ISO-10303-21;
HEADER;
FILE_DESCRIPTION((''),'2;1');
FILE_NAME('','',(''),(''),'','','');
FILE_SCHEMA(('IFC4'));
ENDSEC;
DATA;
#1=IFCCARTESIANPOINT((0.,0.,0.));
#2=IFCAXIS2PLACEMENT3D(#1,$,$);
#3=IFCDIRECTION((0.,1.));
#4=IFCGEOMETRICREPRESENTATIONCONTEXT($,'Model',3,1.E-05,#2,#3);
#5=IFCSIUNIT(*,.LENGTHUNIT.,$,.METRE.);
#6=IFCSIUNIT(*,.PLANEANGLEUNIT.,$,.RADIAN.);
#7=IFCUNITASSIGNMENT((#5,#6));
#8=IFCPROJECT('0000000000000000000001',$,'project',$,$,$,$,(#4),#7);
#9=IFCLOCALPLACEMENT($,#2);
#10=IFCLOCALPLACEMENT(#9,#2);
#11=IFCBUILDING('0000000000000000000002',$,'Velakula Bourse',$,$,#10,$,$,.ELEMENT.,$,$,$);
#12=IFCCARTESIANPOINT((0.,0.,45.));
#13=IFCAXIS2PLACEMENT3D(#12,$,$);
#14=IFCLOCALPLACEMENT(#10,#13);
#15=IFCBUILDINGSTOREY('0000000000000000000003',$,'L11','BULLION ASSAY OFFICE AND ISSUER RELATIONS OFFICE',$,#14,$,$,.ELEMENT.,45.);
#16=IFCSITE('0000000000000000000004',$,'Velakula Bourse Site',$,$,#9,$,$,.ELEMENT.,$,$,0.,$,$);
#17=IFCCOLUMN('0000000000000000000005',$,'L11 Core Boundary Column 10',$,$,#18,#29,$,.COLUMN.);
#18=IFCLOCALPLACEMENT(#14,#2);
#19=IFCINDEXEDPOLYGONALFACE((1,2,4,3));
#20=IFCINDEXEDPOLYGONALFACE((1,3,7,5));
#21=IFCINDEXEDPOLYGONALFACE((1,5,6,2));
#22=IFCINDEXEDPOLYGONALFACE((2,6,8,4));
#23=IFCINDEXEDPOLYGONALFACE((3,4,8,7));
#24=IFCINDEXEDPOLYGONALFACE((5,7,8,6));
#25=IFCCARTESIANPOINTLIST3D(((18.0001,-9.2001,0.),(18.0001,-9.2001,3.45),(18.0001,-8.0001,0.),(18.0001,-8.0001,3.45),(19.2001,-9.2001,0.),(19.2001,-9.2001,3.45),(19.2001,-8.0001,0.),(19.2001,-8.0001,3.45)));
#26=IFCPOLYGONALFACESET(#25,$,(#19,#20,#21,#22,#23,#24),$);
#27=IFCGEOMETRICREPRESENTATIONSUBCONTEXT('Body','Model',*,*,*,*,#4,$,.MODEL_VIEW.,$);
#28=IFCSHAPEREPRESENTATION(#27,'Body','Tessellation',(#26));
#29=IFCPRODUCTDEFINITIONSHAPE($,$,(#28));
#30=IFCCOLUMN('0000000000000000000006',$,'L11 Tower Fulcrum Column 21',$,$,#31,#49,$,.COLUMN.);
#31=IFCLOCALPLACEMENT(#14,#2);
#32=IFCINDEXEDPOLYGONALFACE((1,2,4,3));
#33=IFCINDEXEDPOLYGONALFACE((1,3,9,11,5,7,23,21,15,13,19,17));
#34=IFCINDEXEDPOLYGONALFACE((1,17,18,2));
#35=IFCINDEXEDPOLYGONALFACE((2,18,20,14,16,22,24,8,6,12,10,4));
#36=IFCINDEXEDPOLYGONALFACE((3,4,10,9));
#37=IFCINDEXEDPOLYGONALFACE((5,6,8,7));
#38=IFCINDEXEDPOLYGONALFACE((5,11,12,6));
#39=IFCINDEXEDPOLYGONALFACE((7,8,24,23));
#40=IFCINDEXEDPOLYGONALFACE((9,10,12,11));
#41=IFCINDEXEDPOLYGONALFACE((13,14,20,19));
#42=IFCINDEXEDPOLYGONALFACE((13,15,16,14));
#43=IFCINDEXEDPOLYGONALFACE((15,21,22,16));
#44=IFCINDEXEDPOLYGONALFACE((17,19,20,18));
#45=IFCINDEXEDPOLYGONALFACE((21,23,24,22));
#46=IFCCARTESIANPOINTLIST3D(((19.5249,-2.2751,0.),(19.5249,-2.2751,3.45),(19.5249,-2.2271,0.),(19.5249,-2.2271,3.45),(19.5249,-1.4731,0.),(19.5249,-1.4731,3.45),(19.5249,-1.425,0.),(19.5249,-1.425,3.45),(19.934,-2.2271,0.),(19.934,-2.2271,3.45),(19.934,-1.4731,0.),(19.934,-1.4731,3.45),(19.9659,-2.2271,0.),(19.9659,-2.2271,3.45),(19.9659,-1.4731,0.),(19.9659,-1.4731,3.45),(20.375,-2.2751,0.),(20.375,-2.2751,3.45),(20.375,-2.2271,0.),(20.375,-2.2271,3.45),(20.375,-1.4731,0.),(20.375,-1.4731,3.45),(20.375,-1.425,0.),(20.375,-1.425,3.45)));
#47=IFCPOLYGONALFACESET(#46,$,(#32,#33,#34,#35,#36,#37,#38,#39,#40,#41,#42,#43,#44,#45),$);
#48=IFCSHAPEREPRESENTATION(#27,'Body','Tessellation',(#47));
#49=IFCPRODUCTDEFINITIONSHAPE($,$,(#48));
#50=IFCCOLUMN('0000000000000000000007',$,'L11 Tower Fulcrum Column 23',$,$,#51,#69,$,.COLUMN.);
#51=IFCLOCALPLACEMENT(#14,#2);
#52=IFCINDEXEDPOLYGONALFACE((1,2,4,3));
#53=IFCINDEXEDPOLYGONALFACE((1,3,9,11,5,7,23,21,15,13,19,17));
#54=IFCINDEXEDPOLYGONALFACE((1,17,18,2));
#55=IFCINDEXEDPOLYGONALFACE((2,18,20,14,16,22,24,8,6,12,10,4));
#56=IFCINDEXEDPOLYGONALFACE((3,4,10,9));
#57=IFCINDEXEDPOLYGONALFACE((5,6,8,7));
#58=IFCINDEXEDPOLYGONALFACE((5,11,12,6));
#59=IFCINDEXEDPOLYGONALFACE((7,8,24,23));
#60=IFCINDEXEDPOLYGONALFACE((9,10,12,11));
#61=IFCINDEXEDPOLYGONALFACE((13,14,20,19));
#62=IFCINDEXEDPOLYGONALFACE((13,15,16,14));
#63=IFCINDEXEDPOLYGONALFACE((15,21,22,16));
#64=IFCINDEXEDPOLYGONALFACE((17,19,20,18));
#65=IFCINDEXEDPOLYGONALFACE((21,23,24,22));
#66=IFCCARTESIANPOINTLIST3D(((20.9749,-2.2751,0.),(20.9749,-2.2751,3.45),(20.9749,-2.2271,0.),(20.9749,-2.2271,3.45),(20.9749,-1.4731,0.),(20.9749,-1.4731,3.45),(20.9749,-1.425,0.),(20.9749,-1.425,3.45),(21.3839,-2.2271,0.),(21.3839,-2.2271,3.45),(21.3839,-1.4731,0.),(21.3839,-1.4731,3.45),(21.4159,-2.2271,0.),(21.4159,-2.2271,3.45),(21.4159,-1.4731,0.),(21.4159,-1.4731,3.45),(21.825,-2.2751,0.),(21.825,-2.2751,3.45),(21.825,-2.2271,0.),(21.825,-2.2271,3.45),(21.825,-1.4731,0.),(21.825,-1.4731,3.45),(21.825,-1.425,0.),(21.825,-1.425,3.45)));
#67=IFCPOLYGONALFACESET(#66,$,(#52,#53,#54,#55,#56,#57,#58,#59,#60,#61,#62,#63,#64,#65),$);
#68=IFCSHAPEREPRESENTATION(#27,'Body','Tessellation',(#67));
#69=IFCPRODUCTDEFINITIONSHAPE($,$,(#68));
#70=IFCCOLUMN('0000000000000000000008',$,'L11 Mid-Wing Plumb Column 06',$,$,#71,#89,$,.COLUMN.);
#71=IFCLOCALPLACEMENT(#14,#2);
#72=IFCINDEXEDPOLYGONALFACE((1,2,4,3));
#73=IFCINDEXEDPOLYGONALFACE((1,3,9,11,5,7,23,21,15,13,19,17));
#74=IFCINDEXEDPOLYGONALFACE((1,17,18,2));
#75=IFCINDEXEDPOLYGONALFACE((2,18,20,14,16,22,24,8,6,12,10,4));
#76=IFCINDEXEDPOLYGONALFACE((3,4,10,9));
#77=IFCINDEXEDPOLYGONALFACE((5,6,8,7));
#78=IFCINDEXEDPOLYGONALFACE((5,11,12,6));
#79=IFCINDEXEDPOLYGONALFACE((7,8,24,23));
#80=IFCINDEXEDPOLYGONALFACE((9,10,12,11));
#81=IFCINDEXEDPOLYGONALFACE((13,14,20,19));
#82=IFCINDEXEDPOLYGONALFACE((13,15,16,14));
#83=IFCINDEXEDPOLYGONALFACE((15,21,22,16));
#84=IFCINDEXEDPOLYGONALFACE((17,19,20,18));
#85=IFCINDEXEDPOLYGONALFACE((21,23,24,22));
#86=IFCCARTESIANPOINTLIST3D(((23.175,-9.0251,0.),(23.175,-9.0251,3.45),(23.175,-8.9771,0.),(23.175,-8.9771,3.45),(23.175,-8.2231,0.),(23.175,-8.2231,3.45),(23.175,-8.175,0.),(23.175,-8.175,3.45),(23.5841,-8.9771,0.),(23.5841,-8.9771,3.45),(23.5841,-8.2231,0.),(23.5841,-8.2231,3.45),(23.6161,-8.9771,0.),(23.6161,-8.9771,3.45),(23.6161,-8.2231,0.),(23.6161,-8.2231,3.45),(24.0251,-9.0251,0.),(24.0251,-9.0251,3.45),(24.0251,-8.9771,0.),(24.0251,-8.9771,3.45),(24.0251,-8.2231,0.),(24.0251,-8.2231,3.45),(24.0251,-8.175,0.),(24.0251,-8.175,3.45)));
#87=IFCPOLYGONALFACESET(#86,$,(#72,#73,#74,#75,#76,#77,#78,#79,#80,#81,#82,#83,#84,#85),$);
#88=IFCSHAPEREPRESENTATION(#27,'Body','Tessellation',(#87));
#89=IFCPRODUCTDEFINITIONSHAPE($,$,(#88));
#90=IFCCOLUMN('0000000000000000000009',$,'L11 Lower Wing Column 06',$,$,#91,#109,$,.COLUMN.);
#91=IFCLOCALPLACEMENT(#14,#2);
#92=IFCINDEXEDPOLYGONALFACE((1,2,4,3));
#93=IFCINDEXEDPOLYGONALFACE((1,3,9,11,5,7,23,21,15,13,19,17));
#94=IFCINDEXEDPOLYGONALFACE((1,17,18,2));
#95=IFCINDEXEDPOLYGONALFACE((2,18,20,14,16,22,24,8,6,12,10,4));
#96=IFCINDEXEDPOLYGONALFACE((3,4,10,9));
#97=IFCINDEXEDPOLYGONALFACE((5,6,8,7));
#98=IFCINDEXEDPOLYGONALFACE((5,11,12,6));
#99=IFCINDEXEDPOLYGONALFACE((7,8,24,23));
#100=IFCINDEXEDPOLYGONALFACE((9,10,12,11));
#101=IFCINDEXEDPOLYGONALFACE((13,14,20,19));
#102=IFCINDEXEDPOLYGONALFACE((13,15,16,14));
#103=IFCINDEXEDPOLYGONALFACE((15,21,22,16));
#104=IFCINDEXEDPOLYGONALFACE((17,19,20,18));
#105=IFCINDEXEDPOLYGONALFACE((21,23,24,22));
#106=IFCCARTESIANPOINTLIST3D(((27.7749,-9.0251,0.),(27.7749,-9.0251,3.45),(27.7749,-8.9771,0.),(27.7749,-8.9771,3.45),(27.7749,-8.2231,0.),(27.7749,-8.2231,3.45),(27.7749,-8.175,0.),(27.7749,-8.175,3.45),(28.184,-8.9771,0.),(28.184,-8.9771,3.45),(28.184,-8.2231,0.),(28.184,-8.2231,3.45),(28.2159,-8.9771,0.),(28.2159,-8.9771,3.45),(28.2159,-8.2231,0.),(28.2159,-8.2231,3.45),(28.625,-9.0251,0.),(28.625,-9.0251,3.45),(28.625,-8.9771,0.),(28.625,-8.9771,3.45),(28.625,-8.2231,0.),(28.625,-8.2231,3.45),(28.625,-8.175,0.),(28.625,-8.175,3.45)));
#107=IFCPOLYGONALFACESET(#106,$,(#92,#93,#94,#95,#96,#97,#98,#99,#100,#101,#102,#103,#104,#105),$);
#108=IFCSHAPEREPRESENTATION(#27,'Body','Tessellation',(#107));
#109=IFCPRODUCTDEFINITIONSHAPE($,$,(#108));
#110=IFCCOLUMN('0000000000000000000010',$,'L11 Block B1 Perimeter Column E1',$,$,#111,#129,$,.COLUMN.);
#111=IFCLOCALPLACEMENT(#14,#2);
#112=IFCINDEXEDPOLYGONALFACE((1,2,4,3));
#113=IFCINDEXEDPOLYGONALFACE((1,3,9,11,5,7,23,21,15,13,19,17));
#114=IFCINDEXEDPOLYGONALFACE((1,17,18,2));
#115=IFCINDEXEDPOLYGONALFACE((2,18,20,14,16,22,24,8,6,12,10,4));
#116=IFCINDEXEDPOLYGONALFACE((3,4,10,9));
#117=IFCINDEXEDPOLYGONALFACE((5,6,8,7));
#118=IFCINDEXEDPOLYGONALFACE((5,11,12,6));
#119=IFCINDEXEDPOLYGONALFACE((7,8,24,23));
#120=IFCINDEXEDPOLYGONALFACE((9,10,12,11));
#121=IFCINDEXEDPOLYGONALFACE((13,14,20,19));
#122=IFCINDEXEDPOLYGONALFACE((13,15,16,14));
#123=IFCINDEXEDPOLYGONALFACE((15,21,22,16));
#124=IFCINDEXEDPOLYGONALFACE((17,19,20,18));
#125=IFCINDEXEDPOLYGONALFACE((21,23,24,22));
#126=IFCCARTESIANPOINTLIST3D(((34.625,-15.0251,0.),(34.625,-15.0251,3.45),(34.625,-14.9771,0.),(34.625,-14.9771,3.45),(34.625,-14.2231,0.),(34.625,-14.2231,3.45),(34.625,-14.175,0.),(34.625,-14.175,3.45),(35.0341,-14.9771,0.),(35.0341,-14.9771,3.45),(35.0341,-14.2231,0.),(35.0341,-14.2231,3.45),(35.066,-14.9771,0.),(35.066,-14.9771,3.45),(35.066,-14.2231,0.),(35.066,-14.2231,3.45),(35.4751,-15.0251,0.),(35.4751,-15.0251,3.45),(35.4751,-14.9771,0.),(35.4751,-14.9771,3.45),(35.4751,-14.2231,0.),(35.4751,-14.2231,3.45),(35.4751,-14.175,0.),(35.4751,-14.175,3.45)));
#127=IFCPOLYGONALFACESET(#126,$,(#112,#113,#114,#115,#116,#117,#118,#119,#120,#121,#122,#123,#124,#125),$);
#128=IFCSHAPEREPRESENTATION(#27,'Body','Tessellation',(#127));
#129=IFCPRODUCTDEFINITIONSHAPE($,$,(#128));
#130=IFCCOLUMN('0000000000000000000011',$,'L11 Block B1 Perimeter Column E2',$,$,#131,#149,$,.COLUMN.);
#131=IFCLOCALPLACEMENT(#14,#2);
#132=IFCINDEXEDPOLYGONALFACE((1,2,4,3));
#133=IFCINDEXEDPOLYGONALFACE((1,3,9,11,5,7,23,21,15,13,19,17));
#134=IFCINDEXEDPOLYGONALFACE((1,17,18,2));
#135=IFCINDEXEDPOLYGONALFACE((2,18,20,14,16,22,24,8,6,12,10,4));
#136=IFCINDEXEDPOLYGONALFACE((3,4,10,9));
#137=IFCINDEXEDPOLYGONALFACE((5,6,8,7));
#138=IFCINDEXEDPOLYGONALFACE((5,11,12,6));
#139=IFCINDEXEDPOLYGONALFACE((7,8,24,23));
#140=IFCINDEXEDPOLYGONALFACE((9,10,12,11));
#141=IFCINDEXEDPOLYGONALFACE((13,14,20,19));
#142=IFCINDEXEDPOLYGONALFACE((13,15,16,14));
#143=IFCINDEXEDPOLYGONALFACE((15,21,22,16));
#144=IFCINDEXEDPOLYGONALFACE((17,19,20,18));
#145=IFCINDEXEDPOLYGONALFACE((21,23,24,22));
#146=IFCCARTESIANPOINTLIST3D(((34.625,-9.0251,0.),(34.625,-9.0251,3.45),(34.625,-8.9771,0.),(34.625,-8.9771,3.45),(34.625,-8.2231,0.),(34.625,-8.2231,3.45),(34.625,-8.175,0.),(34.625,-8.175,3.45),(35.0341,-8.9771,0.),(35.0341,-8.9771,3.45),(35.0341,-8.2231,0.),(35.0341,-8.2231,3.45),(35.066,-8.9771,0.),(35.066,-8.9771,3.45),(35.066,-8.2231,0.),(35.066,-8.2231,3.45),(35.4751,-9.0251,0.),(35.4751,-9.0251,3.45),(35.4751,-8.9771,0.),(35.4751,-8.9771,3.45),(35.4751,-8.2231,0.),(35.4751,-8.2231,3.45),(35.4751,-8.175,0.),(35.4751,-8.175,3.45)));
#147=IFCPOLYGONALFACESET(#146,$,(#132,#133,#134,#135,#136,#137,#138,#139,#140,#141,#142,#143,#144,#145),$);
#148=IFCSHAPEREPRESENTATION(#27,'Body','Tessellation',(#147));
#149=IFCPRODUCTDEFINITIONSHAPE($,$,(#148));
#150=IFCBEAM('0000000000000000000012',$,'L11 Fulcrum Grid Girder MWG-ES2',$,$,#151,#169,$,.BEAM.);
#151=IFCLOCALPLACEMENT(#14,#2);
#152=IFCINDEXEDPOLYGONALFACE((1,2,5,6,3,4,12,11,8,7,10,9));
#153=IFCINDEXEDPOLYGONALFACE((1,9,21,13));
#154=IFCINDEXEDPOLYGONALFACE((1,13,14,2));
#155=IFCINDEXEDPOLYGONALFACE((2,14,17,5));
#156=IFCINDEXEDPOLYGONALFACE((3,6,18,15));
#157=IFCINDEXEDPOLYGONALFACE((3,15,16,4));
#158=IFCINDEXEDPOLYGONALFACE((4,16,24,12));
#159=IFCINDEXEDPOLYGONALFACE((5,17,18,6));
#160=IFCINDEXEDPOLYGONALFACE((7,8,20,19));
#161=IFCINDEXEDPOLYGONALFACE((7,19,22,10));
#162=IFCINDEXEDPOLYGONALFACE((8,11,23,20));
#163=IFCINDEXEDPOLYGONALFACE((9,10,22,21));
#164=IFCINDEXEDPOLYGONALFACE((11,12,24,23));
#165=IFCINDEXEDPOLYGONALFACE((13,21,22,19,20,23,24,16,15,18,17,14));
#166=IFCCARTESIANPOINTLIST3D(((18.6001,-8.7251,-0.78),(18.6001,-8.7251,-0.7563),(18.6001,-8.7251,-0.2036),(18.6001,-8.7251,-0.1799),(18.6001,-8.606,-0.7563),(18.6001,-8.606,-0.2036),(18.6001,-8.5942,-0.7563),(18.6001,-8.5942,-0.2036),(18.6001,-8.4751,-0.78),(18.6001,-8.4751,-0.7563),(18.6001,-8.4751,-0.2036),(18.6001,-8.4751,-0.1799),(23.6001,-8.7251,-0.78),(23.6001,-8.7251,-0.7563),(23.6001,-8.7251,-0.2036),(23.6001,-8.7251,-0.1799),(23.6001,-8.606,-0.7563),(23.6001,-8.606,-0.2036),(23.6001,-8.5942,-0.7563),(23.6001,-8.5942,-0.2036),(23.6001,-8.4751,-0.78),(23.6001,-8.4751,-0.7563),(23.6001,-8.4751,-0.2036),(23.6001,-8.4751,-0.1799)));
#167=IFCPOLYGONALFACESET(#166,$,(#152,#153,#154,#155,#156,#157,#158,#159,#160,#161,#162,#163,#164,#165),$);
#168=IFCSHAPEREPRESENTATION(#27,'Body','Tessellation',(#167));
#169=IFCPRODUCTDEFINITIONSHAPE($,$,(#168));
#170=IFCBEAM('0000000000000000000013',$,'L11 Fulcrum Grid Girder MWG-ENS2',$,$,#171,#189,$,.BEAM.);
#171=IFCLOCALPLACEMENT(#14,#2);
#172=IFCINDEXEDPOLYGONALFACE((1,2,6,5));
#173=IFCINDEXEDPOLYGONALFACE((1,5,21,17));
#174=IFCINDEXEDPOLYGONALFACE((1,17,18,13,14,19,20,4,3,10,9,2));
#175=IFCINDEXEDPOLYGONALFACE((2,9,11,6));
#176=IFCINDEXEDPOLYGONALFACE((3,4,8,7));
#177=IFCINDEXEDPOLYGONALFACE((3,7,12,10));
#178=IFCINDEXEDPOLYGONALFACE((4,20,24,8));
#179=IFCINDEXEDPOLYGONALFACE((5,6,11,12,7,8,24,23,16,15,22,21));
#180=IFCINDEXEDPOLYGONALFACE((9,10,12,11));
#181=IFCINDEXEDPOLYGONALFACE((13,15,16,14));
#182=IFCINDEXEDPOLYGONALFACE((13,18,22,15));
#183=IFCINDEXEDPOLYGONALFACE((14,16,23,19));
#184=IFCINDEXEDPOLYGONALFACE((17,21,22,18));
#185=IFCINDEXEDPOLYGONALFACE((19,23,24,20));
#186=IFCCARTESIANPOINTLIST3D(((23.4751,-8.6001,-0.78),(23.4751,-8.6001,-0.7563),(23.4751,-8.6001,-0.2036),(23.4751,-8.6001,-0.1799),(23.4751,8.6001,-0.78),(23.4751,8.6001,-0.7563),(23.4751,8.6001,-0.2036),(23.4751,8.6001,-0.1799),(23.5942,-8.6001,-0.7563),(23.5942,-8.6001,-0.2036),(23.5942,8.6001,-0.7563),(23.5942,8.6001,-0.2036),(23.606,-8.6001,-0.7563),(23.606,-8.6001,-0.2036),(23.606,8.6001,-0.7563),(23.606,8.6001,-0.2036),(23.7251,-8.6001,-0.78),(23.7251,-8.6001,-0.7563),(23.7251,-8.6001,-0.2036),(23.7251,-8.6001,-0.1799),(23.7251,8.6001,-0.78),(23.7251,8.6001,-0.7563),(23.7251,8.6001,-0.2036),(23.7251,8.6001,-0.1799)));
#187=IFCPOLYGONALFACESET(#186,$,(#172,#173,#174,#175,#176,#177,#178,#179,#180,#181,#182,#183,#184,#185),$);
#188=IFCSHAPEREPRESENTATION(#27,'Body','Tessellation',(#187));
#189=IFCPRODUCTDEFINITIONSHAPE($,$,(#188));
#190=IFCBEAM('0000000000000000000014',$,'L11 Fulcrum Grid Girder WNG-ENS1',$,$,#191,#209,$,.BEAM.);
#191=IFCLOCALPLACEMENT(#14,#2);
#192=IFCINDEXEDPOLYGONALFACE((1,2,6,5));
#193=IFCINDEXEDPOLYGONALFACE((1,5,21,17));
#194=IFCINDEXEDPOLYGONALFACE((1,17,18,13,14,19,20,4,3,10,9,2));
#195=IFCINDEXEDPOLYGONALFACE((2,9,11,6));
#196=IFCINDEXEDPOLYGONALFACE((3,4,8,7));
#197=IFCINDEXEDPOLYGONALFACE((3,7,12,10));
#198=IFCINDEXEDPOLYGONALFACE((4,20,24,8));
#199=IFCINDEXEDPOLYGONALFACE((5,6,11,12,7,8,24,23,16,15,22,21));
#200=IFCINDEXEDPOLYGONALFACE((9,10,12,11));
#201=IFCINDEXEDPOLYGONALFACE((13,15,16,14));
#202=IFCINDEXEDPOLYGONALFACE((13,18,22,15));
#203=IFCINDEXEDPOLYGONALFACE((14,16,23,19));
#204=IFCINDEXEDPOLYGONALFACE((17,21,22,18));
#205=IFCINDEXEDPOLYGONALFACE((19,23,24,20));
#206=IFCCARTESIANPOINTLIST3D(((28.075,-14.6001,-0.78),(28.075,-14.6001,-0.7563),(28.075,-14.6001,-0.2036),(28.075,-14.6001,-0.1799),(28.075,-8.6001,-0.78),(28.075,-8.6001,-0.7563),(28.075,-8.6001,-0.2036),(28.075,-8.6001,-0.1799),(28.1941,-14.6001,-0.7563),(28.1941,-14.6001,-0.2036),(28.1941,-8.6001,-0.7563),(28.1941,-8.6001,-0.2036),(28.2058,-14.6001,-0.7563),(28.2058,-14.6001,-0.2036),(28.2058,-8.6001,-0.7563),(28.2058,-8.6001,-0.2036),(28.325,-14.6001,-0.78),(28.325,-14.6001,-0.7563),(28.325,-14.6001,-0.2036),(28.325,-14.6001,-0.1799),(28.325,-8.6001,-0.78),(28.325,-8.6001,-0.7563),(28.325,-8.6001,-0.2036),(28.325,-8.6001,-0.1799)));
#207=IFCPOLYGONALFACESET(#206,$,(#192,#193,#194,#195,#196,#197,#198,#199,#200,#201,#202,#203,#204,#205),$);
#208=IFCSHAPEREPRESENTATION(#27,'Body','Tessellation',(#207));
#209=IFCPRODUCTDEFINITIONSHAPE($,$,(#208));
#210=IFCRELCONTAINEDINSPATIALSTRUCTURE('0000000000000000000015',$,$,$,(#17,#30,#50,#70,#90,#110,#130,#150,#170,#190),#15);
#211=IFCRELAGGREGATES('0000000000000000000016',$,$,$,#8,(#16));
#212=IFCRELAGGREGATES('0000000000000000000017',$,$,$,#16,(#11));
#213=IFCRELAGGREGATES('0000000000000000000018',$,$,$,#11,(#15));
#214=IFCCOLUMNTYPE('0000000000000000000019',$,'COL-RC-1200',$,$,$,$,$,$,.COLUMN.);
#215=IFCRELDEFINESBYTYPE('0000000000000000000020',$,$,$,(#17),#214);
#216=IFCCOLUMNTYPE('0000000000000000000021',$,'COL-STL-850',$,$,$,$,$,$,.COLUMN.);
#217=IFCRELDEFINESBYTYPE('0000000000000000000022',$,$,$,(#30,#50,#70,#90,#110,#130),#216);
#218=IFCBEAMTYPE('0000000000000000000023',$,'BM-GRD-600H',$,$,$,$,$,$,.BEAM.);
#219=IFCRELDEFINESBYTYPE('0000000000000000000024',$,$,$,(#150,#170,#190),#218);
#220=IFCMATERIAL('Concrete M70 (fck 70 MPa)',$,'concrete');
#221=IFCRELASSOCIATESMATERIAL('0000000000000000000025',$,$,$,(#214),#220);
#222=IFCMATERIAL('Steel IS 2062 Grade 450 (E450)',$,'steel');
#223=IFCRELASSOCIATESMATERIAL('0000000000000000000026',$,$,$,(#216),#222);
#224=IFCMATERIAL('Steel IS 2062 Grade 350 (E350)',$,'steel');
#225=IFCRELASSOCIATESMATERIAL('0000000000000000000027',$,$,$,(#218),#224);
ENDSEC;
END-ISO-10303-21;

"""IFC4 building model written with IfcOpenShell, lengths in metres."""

from ifc_helpers import new_model, si_unit, direction, frame, origin, origin_2d, place, context, subcontext, project, spatial, rectangle, i_section, extrude, material, material_profile, profile_set, type_object, element, save


model = new_model("IFC4")

# Units and contexts
model_context = context("Model", 3, precision=1e-05, world=origin(), true_north=direction((0.0, 1.0)))
body_context = subcontext(model_context, "Body", "Model", "MODEL_VIEW")
ifc_project = project(units=[si_unit("LENGTHUNIT", "METRE"), si_unit("PLANEANGLEUNIT", "RADIAN")], contexts=[model_context])

# Site, building, storey
site_placement = place(None, origin())
site = spatial("IfcSite", under=ifc_project, at=site_placement, Name="Velakula Bourse Site", CompositionType="ELEMENT", RefElevation=0.0)
building_placement = place(site_placement, origin())
building = spatial("IfcBuilding", under=site, at=building_placement, Name="Velakula Bourse", CompositionType="ELEMENT")
storey_placement = place(building_placement, frame((0.0, 0.0, 45.0)))
storey = spatial("IfcBuildingStorey", under=building, at=storey_placement, Name="L11", Description="BULLION ASSAY OFFICE AND ISSUER RELATIONS OFFICE", CompositionType="ELEMENT", Elevation=45.0)

# Columns
ifc_material_1 = material(Name="Concrete M70 (fck 70 MPa)", Category="concrete")
ifc_material_profile_1 = material_profile(ifc_material_1, rectangle(XDim=1.2, YDim=1.2, at=origin_2d()), Name="Concrete M70 (fck 70 MPa)")
ifc_profile_set_1 = profile_set([ifc_material_profile_1], Name="Concrete M70 (fck 70 MPa)")
column_type_1 = type_object("IfcColumnType", Name="COL-RC-1200", PredefinedType="COLUMN", material=ifc_profile_set_1)
column_placement = place(storey_placement, frame((18.6001, -8.6001, 0.0), z_axis=(0.0, 0.0, 1.0), x_axis=(1.0, 0.0, 0.0)))
element("IfcColumn", 1, at=column_placement, inside=storey, type_object=column_type_1, Name="L11 Core Boundary Column 10", PredefinedType="COLUMN", context=body_context, shape_type="SweptSolid", body=[
    extrude(rectangle(XDim=1.2, YDim=1.2, at=origin_2d()), origin(), (0.0, 0.0, 1.0), 3.45),
])
ifc_material_2 = material(Name="Steel IS 2062 Grade 450 (E450)", Category="steel")
ifc_material_profile_2 = material_profile(ifc_material_2, i_section(OverallWidth=0.8501, OverallDepth=0.8501, WebThickness=0.032, FlangeThickness=0.0481, at=origin_2d()), Name="Steel IS 2062 Grade 450 (E450)")
ifc_profile_set_2 = profile_set([ifc_material_profile_2], Name="Steel IS 2062 Grade 450 (E450)")
column_type_2 = type_object("IfcColumnType", Name="COL-STL-850", PredefinedType="COLUMN", material=ifc_profile_set_2)
for number, where, z_axis, x_axis, name in (
    (2, (19.95, -1.8501, 0.0), (0.0, 0.0, 1.0), (1.0, 0.0, 0.0), "L11 Tower Fulcrum Column 21"),
    (3, (21.3999, -1.8501, 0.0), (0.0, 0.0, 1.0), (1.0, 0.0, 0.0), "L11 Tower Fulcrum Column 23"),
    (4, (23.6001, -8.6001, 0.0), (0.0, 0.0, 1.0), (1.0, 0.0, 0.0), "L11 Mid-Wing Plumb Column 06"),
    (5, (28.2, -8.6001, 0.0), (0.0, 0.0, 1.0), (1.0, 0.0, 0.0), "L11 Lower Wing Column 06"),
    (6, (35.05, -14.6001, 0.0), (0.0, 0.0, 1.0), (1.0, 0.0, 0.0), "L11 Block B1 Perimeter Column E1"),
    (7, (35.05, -8.6001, 0.0), (0.0, 0.0, 1.0), (1.0, 0.0, 0.0), "L11 Block B1 Perimeter Column E2"),
):
    element("IfcColumn", number, at=place(storey_placement, frame(where, z_axis=z_axis, x_axis=x_axis)), inside=storey, type_object=column_type_2, Name=name, PredefinedType="COLUMN", context=body_context, shape_type="SweptSolid", body=[
        extrude(i_section(OverallWidth=0.8501, OverallDepth=0.8501, WebThickness=0.032, FlangeThickness=0.0481, at=origin_2d()), origin(), (0.0, 0.0, 1.0), 3.45),
    ])

# Beams
ifc_material_3 = material(Name="Steel IS 2062 Grade 350 (E350)", Category="steel")
ifc_material_profile_3 = material_profile(ifc_material_3, i_section(OverallWidth=0.25, OverallDepth=0.6001, WebThickness=0.0117, FlangeThickness=0.0237, at=origin_2d()), Name="Steel IS 2062 Grade 350 (E350)")
ifc_profile_set_3 = profile_set([ifc_material_profile_3], Name="Steel IS 2062 Grade 350 (E350)")
beam_type_1 = type_object("IfcBeamType", Name="BM-GRD-600H", PredefinedType="BEAM", material=ifc_profile_set_3)
beam_1_placement = place(storey_placement, frame((18.6001, -8.6001, -0.48), z_axis=(1.0, 0.0, 0.0), x_axis=(0.0, 1.0, 0.0)))
element("IfcBeam", 8, at=beam_1_placement, inside=storey, type_object=beam_type_1, Name="L11 Fulcrum Grid Girder MWG-ES2", PredefinedType="BEAM", context=body_context, shape_type="SweptSolid", body=[
    extrude(i_section(OverallWidth=0.25, OverallDepth=0.6001, WebThickness=0.0117, FlangeThickness=0.0237, at=origin_2d()), origin(), (0.0, 0.0, 1.0), 5.0),
])
beam_2_placement = place(storey_placement, frame((23.6001, -8.6001, -0.48), z_axis=(0.0, 1.0, 0.0), x_axis=(-1.0, 0.0, 0.0)))
element("IfcBeam", 9, at=beam_2_placement, inside=storey, type_object=beam_type_1, Name="L11 Fulcrum Grid Girder MWG-ENS2", PredefinedType="BEAM", context=body_context, shape_type="SweptSolid", body=[
    extrude(i_section(OverallWidth=0.25, OverallDepth=0.6001, WebThickness=0.0117, FlangeThickness=0.0237, at=origin_2d()), origin(), (0.0, 0.0, 1.0), 17.2002),
])
beam_3_placement = place(storey_placement, frame((28.2, -14.6001, -0.48), z_axis=(0.0, 1.0, 0.0), x_axis=(-1.0, 0.0, 0.0)))
element("IfcBeam", 10, at=beam_3_placement, inside=storey, type_object=beam_type_1, Name="L11 Fulcrum Grid Girder WNG-ENS1", PredefinedType="BEAM", context=body_context, shape_type="SweptSolid", body=[
    extrude(i_section(OverallWidth=0.25, OverallDepth=0.6001, WebThickness=0.0117, FlangeThickness=0.0237, at=origin_2d()), origin(), (0.0, 0.0, 1.0), 6.0),
])

save(model, "model.ifc")
